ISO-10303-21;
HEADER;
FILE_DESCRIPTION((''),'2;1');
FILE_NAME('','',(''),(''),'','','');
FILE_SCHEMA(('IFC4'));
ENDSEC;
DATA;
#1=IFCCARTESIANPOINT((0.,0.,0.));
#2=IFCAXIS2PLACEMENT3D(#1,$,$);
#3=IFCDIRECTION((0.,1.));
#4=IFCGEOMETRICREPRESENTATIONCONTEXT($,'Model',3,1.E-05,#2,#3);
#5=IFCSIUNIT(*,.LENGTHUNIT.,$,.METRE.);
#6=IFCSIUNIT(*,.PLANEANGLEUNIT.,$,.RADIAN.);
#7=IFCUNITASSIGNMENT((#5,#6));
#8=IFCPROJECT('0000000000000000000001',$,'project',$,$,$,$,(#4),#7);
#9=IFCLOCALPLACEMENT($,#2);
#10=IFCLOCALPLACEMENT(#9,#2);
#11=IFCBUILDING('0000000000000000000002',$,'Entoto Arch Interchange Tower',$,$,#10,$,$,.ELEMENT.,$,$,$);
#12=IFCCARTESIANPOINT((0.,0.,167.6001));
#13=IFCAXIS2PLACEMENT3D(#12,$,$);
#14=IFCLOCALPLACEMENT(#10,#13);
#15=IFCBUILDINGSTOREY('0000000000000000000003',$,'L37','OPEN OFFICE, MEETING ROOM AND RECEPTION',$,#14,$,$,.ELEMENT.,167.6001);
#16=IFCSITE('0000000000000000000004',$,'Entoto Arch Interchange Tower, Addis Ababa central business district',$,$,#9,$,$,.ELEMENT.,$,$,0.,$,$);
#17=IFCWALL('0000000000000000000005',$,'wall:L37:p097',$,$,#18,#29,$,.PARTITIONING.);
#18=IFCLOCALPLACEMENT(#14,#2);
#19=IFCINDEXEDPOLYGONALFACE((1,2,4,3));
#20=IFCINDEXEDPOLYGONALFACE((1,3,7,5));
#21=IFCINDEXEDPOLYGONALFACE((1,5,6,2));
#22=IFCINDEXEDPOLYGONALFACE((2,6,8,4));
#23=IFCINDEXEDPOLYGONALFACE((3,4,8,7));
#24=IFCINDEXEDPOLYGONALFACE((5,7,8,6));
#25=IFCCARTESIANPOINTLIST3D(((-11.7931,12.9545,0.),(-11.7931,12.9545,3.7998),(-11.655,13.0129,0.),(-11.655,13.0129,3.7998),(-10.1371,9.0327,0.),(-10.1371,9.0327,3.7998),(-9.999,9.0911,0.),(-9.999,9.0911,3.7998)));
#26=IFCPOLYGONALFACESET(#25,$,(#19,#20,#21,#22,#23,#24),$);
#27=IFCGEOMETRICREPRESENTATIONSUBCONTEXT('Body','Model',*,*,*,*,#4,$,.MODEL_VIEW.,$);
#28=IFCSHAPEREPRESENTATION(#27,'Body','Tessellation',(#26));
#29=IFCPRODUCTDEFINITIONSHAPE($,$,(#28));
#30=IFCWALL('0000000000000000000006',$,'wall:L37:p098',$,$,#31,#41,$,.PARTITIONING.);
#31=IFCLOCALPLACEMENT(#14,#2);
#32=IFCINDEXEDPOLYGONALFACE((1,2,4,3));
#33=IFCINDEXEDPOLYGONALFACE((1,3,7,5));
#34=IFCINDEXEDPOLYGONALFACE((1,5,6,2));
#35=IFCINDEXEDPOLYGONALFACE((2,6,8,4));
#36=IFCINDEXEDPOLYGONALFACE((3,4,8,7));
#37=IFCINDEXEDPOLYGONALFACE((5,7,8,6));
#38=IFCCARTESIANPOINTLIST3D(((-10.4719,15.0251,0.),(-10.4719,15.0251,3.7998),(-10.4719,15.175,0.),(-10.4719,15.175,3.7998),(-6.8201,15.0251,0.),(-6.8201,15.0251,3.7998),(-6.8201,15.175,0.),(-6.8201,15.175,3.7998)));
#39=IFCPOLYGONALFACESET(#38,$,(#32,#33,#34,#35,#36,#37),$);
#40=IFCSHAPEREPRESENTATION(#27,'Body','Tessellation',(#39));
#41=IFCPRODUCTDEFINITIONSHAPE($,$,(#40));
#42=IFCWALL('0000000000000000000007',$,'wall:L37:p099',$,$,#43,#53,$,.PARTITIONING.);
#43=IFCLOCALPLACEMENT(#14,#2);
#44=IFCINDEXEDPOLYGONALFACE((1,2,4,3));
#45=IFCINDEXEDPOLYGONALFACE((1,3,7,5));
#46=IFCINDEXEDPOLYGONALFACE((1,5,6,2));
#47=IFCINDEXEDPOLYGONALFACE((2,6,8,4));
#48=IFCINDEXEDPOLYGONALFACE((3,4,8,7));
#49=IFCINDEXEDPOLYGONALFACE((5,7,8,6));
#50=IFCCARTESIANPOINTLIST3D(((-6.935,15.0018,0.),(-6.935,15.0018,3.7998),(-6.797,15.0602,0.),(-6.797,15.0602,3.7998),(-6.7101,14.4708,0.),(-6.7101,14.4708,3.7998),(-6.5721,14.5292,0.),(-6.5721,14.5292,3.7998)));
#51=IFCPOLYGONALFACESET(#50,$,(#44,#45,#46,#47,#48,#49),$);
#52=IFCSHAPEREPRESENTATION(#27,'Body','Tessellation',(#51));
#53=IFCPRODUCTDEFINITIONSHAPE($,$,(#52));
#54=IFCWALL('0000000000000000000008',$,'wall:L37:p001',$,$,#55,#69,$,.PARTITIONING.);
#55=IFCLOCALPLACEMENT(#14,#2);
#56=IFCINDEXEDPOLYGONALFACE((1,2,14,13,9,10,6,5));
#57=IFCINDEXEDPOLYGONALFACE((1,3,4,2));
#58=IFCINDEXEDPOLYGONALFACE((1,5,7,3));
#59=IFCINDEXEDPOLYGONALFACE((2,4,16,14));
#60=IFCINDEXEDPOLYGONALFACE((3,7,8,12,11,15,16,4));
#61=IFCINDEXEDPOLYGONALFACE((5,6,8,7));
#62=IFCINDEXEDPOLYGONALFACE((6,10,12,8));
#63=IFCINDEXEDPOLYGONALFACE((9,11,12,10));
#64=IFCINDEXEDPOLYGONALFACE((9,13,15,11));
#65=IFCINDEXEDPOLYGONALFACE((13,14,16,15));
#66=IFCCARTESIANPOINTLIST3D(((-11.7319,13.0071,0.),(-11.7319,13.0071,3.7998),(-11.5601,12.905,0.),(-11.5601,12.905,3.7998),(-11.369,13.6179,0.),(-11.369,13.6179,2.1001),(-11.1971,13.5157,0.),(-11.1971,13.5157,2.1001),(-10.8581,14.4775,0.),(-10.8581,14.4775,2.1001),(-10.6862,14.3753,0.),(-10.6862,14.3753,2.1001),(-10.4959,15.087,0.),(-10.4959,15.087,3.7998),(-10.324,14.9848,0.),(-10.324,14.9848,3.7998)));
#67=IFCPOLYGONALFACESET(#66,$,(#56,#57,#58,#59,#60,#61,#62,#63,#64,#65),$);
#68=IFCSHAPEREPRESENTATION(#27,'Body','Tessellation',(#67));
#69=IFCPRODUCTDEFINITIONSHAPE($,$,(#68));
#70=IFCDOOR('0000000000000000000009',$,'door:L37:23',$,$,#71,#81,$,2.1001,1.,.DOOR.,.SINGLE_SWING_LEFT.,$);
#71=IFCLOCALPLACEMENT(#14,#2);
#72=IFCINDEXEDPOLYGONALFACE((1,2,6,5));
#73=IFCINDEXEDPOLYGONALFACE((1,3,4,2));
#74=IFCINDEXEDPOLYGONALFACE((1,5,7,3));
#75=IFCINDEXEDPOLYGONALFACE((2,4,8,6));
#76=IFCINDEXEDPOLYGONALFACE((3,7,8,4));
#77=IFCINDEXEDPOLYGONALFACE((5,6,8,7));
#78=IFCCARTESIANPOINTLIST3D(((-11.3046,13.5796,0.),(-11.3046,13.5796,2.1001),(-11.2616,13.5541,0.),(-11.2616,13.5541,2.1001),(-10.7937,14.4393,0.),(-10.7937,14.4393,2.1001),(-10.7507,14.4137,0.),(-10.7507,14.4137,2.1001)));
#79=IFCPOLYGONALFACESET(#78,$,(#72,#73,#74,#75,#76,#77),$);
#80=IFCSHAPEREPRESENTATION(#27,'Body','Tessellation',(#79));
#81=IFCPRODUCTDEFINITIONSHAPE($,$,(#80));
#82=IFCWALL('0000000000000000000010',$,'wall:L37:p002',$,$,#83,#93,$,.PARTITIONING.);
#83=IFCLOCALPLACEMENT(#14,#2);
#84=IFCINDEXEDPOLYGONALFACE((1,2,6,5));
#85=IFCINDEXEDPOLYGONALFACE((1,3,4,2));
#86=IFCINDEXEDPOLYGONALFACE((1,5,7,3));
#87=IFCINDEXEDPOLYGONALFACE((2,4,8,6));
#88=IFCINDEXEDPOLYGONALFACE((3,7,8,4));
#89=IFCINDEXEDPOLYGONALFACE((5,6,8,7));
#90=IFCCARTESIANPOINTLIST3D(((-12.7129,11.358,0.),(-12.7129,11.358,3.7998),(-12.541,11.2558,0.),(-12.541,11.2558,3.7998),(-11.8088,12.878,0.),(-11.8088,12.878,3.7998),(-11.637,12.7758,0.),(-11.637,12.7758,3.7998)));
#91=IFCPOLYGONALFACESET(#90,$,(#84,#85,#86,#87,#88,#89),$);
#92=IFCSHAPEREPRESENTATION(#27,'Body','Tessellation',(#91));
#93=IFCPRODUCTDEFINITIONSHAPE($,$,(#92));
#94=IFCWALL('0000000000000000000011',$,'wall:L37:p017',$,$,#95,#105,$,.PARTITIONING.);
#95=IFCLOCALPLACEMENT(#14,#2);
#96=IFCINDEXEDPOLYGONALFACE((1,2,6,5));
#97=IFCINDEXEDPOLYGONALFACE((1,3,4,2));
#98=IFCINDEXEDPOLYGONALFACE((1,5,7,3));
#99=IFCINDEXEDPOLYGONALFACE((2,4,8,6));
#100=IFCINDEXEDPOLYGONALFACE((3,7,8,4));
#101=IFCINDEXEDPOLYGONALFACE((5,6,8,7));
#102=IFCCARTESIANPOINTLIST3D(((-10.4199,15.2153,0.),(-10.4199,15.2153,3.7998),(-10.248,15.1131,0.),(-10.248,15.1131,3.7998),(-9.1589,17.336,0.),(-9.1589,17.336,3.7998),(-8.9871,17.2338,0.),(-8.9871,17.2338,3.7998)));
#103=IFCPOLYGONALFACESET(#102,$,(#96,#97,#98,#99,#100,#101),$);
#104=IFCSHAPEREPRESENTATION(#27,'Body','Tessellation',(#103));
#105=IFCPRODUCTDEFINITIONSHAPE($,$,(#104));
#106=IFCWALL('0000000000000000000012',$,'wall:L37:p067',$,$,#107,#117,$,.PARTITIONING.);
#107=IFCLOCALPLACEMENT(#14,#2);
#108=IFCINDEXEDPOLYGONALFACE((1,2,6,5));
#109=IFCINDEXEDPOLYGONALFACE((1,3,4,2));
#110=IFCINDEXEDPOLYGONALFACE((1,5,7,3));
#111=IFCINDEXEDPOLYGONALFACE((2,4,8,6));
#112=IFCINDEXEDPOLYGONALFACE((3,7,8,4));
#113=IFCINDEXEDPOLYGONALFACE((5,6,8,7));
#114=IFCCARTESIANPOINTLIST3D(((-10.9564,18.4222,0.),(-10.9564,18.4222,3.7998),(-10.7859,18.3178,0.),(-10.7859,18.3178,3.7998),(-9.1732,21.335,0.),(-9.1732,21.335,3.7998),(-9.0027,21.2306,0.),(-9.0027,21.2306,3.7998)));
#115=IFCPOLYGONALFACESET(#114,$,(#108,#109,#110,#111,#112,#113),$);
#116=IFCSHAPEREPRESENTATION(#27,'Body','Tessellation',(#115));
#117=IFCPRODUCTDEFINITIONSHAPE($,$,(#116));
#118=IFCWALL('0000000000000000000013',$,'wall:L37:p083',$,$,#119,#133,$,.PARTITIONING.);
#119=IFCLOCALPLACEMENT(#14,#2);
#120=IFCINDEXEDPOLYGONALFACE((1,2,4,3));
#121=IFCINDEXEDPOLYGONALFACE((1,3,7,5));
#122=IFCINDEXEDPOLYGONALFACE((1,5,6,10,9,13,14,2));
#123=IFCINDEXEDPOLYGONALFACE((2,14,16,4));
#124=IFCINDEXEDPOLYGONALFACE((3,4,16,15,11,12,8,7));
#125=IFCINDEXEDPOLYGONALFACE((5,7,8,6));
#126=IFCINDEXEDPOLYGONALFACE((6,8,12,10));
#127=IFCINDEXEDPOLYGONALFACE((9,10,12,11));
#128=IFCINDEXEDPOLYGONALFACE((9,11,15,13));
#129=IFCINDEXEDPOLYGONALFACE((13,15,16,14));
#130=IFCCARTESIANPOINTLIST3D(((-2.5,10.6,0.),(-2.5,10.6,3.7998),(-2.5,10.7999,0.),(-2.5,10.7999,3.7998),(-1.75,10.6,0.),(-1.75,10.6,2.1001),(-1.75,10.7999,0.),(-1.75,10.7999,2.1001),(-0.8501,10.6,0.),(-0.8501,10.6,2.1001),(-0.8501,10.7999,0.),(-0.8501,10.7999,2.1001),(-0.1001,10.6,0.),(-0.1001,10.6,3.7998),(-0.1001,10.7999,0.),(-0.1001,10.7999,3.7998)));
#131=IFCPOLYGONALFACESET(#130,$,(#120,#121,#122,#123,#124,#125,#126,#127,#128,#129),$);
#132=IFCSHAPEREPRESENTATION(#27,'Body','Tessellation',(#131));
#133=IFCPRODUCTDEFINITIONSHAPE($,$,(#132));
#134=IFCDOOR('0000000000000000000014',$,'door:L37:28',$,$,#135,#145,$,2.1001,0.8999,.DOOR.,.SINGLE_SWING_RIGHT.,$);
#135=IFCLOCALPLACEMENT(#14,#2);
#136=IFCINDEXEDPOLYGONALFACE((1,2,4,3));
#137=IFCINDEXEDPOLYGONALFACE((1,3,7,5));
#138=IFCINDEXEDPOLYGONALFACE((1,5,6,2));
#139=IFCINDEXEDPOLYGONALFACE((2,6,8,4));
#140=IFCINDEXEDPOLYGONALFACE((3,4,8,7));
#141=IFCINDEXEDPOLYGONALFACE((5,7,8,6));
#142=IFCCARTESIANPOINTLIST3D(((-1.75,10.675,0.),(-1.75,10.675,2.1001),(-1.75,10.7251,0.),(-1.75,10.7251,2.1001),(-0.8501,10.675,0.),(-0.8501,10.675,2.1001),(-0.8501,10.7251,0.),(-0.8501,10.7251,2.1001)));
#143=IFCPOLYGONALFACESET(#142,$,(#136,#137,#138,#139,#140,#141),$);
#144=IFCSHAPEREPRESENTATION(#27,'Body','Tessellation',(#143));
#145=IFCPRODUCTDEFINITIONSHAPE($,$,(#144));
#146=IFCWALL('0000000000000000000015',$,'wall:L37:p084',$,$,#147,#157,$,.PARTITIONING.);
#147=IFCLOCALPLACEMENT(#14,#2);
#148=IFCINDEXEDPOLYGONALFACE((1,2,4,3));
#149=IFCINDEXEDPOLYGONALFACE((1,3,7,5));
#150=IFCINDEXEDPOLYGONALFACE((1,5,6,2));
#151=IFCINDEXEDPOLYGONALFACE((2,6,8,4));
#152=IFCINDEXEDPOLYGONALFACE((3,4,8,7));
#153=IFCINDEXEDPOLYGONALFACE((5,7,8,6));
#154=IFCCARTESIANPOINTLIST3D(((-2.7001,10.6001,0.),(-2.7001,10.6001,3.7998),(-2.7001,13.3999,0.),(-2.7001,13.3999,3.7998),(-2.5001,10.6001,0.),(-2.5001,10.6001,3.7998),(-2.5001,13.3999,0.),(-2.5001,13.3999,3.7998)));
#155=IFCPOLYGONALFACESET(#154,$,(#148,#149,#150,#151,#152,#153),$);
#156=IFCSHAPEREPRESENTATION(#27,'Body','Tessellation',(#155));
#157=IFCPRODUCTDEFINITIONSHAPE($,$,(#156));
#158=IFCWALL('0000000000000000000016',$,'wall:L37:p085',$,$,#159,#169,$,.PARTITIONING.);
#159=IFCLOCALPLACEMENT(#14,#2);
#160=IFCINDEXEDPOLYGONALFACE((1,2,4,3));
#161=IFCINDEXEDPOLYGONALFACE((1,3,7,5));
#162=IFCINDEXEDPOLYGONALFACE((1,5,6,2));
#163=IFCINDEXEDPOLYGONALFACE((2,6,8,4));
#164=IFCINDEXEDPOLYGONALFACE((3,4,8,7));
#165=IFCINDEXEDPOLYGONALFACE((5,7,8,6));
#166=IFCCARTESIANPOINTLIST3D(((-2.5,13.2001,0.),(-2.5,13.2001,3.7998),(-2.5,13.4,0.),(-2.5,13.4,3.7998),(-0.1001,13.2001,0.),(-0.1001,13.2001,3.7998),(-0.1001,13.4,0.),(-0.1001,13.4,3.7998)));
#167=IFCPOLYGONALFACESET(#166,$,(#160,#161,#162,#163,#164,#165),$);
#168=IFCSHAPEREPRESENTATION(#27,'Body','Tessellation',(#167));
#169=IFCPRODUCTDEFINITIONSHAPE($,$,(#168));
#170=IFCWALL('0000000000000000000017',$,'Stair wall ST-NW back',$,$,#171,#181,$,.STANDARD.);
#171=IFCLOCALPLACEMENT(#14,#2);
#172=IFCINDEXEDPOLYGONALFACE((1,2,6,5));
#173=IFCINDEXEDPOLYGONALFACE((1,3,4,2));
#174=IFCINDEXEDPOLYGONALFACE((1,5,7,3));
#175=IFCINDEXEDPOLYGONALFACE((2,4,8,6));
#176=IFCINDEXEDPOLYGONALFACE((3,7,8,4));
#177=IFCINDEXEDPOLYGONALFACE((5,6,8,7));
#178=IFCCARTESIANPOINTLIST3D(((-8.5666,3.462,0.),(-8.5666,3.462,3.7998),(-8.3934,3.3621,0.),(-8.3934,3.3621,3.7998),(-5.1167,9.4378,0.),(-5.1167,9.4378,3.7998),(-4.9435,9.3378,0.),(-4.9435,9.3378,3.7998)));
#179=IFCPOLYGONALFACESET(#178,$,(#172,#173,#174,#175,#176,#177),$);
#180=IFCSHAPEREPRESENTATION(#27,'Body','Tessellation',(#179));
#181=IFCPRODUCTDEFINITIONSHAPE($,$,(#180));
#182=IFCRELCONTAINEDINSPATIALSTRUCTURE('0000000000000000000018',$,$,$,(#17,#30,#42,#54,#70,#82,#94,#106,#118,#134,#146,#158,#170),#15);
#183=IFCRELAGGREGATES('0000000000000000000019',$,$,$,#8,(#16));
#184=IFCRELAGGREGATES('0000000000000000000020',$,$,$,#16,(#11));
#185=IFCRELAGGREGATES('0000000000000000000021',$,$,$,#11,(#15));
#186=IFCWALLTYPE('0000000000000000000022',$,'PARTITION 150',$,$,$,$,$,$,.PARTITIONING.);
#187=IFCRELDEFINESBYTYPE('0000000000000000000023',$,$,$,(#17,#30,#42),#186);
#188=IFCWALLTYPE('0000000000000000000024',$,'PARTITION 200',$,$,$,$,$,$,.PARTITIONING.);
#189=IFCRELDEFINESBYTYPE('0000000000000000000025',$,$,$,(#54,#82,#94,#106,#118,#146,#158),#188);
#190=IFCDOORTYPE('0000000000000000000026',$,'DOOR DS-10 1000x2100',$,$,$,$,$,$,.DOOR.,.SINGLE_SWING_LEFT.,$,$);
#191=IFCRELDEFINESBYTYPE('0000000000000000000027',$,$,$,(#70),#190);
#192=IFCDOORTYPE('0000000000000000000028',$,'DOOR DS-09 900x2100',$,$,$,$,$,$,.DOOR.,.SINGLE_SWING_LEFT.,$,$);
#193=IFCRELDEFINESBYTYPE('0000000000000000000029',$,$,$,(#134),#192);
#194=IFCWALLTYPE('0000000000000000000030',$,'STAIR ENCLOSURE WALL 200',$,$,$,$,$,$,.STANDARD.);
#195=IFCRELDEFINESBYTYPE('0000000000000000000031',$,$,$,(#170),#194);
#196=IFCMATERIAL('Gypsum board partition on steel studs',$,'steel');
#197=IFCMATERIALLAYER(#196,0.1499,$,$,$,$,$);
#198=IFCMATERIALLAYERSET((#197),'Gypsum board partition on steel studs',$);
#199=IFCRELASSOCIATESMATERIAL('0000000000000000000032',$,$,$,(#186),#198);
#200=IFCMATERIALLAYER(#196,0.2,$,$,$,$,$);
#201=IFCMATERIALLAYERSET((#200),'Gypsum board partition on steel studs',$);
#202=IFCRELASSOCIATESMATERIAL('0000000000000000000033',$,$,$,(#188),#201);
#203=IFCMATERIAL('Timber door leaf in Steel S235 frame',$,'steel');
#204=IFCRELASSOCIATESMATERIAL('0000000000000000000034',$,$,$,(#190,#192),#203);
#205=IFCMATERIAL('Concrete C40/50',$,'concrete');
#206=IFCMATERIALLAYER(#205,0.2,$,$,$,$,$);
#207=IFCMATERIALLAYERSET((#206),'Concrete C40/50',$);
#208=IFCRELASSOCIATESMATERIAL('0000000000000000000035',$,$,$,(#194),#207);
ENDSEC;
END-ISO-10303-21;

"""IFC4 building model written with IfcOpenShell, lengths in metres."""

from ifc_helpers import new_model, si_unit, direction, frame, frame_2d, origin, place, context, subcontext, project, spatial, rectangle, extrude, material, layer, layer_set, type_object, element, fill, save


model = new_model("IFC4")

# Units and contexts
model_context = context("Model", 3, precision=1e-05, world=origin(), true_north=direction((0.0, 1.0)))
body_context = subcontext(model_context, "Body", "Model", "MODEL_VIEW")
ifc_project = project(units=[si_unit("LENGTHUNIT", "METRE"), si_unit("PLANEANGLEUNIT", "RADIAN")], contexts=[model_context])

# Site, building, storey
site_placement = place(None, origin())
site = spatial("IfcSite", under=ifc_project, at=site_placement, Name="Entoto Arch Interchange Tower, Addis Ababa central business district", CompositionType="ELEMENT", RefElevation=0.0)
building_placement = place(site_placement, origin())
building = spatial("IfcBuilding", under=site, at=building_placement, Name="Entoto Arch Interchange Tower", CompositionType="ELEMENT")
storey_placement = place(building_placement, frame((0.0, 0.0, 167.6001)))
storey = spatial("IfcBuildingStorey", under=building, at=storey_placement, Name="L37", Description="OPEN OFFICE, MEETING ROOM AND RECEPTION", CompositionType="ELEMENT", Elevation=167.6001)

# Walls
ifc_material_1 = material(Name="Gypsum board partition on steel studs", Category="steel")
ifc_layer_1 = layer(ifc_material_1, 0.1499)
ifc_layer_set_1 = layer_set([ifc_layer_1], Name="Gypsum board partition on steel studs")
wall_type_1 = type_object("IfcWallType", Name="PARTITION 150", PredefinedType="PARTITIONING", material=ifc_layer_set_1)
wall_1_placement = place(storey_placement, frame((-10.0681, 9.062, 0.0), z_axis=(0.0, 0.0, 1.0), x_axis=(-0.388993, 0.921241, 0.0)))
element("IfcWall", 1, at=wall_1_placement, inside=storey, type_object=wall_type_1, Name="wall:L37:p097", PredefinedType="PARTITIONING", context=body_context, shape_type="SweptSolid", body=[
    extrude(rectangle(XDim=4.2571, YDim=0.1499, at=frame_2d((2.1284, 0.0))), origin(), (0.0, 0.0, 1.0), 3.7998),
])
wall_2_placement = place(storey_placement, frame((-6.8201, 15.1001, 0.0), z_axis=(0.0, 0.0, 1.0), x_axis=(-1.0, 0.0, 0.0)))
element("IfcWall", 2, at=wall_2_placement, inside=storey, type_object=wall_type_1, Name="wall:L37:p098", PredefinedType="PARTITIONING", context=body_context, shape_type="SweptSolid", body=[
    extrude(rectangle(XDim=3.6519, YDim=0.1499, at=frame_2d((1.8259, 0.0))), origin(), (0.0, 0.0, 1.0), 3.7998),
])
wall_3_placement = place(storey_placement, frame((-6.6411, 14.5, 0.0), z_axis=(0.0, 0.0, 1.0), x_axis=(-0.38993, 0.920844, 0.0)))
element("IfcWall", 3, at=wall_3_placement, inside=storey, type_object=wall_type_1, Name="wall:L37:p099", PredefinedType="PARTITIONING", context=body_context, shape_type="SweptSolid", body=[
    extrude(rectangle(XDim=0.5767, YDim=0.1499, at=frame_2d((0.2883, 0.0))), origin(), (0.0, 0.0, 1.0), 3.7998),
])

# Wall, opening, door
ifc_layer_2 = layer(ifc_material_1, 0.2)
ifc_layer_set_2 = layer_set([ifc_layer_2], Name="Gypsum board partition on steel studs")
wall_type_2 = type_object("IfcWallType", Name="PARTITION 200", PredefinedType="PARTITIONING", material=ifc_layer_set_2)
wall_4_placement = place(storey_placement, frame((-10.4099, 15.0359, 0.0), z_axis=(0.0, 0.0, 1.0), x_axis=(-0.5109, -0.85964, 0.0)))
wall_4 = element("IfcWall", 4, at=wall_4_placement, inside=storey, type_object=wall_type_2, Name="wall:L37:p001", PredefinedType="PARTITIONING", context=body_context, shape_type="SweptSolid", body=[
    extrude(rectangle(XDim=2.4194, YDim=0.2, at=frame_2d((1.2097, 0.0))), origin(), (0.0, 0.0, 1.0), 3.7998),
])
opening_1_placement = place(wall_4_placement, frame((0.709, 0.0, 0.0)))
opening_1 = element("IfcOpeningElement", 5, at=opening_1_placement, cuts=wall_4, PredefinedType="OPENING", context=body_context, shape_type="SweptSolid", body=[
    extrude(rectangle(XDim=1.0, YDim=2.1001, at=frame_2d((0.5, 1.05))), frame((0.0, 0.1099, 0.0), z_axis=(0.0, -1.0, 0.0), x_axis=(1.0, 0.0, 0.0)), (0.0, 0.0, 1.0), 0.22),
])
ifc_material_2 = material(Name="Timber door leaf in Steel S235 frame", Category="steel")
door_type_1 = type_object("IfcDoorType", Name="DOOR DS-10 1000x2100", OperationType="SINGLE_SWING_LEFT", PredefinedType="DOOR", material=ifc_material_2)
door_1_placement = place(opening_1_placement, origin())
door_1 = element("IfcDoor", 6, at=door_1_placement, inside=storey, type_object=door_type_1, Name="door:L37:23", OperationType="SINGLE_SWING_LEFT", OverallHeight=2.1001, OverallWidth=1.0, PredefinedType="DOOR", context=body_context, shape_type="SweptSolid", body=[
    extrude(rectangle(XDim=1.0, YDim=2.1001, at=frame_2d((0.5, 1.05))), frame((0.0, 0.0249, 0.0), z_axis=(0.0, -1.0, 0.0), x_axis=(1.0, 0.0, 0.0)), (0.0, 0.0, 1.0), 0.05),
])
fill(opening_1, door_1)

# Walls
wall_5_placement = place(storey_placement, frame((-11.7229, 12.8269, 0.0), z_axis=(0.0, 0.0, 1.0), x_axis=(-0.511183, -0.859472, 0.0)))
element("IfcWall", 7, at=wall_5_placement, inside=storey, type_object=wall_type_2, Name="wall:L37:p002", PredefinedType="PARTITIONING", context=body_context, shape_type="SweptSolid", body=[
    extrude(rectangle(XDim=1.7686, YDim=0.2, at=frame_2d((0.8843, 0.0))), origin(), (0.0, 0.0, 1.0), 3.7998),
])
wall_6_placement = place(storey_placement, frame((-9.073, 17.2849, 0.0), z_axis=(0.0, 0.0, 1.0), x_axis=(-0.511058, -0.859546, 0.0)))
element("IfcWall", 8, at=wall_6_placement, inside=storey, type_object=wall_type_2, Name="wall:L37:p017", PredefinedType="PARTITIONING", context=body_context, shape_type="SweptSolid", body=[
    extrude(rectangle(XDim=2.4673, YDim=0.2, at=frame_2d((1.2336, 0.0))), origin(), (0.0, 0.0, 1.0), 3.7998),
])
wall_7_placement = place(storey_placement, frame((-10.8711, 18.3701, 0.0), z_axis=(0.0, 0.0, 1.0), x_axis=(0.522118, 0.852873, 0.0)))
element("IfcWall", 9, at=wall_7_placement, inside=storey, type_object=wall_type_2, Name="wall:L37:p067", PredefinedType="PARTITIONING", context=body_context, shape_type="SweptSolid", body=[
    extrude(rectangle(XDim=3.4153, YDim=0.2, at=frame_2d((1.7075, 0.0))), origin(), (0.0, 0.0, 1.0), 3.7998),
])

# Wall, opening, door
wall_8_placement = place(storey_placement, frame((-0.1001, 10.7, 0.0), z_axis=(0.0, 0.0, 1.0), x_axis=(-1.0, 0.0, 0.0)))
wall_8 = element("IfcWall", 10, at=wall_8_placement, inside=storey, type_object=wall_type_2, Name="wall:L37:p083", PredefinedType="PARTITIONING", context=body_context, shape_type="SweptSolid", body=[
    extrude(rectangle(XDim=2.3999, YDim=0.2, at=frame_2d((1.2, 0.0))), origin(), (0.0, 0.0, 1.0), 3.7998),
])
opening_2_placement = place(wall_8_placement, frame((0.75, 0.0, 0.0)))
opening_2 = element("IfcOpeningElement", 11, at=opening_2_placement, cuts=wall_8, PredefinedType="OPENING", context=body_context, shape_type="SweptSolid", body=[
    extrude(rectangle(XDim=0.8999, YDim=2.1001, at=frame_2d((0.45, 1.05))), frame((0.0, 0.1099, 0.0), z_axis=(0.0, -1.0, 0.0), x_axis=(1.0, 0.0, 0.0)), (0.0, 0.0, 1.0), 0.22),
])
door_type_2 = type_object("IfcDoorType", Name="DOOR DS-09 900x2100", OperationType="SINGLE_SWING_LEFT", PredefinedType="DOOR", material=ifc_material_2)
door_2_placement = place(opening_2_placement, origin())
door_2 = element("IfcDoor", 12, at=door_2_placement, inside=storey, type_object=door_type_2, Name="door:L37:28", OperationType="SINGLE_SWING_RIGHT", OverallHeight=2.1001, OverallWidth=0.8999, PredefinedType="DOOR", context=body_context, shape_type="SweptSolid", body=[
    extrude(rectangle(XDim=0.8999, YDim=2.1001, at=frame_2d((0.45, 1.05))), frame((0.0, 0.0249, 0.0), z_axis=(0.0, -1.0, 0.0), x_axis=(1.0, 0.0, 0.0)), (0.0, 0.0, 1.0), 0.05),
])
fill(opening_2, door_2)

# Walls
wall_9_placement = place(storey_placement, frame((-2.6001, 10.6001, 0.0), z_axis=(0.0, 0.0, 1.0), x_axis=(0.0, 1.0, 0.0)))
element("IfcWall", 13, at=wall_9_placement, inside=storey, type_object=wall_type_2, Name="wall:L37:p084", PredefinedType="PARTITIONING", context=body_context, shape_type="SweptSolid", body=[
    extrude(rectangle(XDim=2.7998, YDim=0.2, at=frame_2d((1.3999, 0.0))), origin(), (0.0, 0.0, 1.0), 3.7998),
])
wall_10_placement = place(storey_placement, frame((-2.5, 13.3, 0.0), z_axis=(0.0, 0.0, 1.0), x_axis=(1.0, 0.0, 0.0)))
element("IfcWall", 14, at=wall_10_placement, inside=storey, type_object=wall_type_2, Name="wall:L37:p085", PredefinedType="PARTITIONING", context=body_context, shape_type="SweptSolid", body=[
    extrude(rectangle(XDim=2.3999, YDim=0.2, at=frame_2d((1.2, 0.0))), origin(), (0.0, 0.0, 1.0), 3.7998),
])
ifc_material_3 = material(Name="Concrete C40/50", Category="concrete")
ifc_layer_3 = layer(ifc_material_3, 0.2)
ifc_layer_set_3 = layer_set([ifc_layer_3], Name="Concrete C40/50")
wall_type_3 = type_object("IfcWallType", Name="STAIR ENCLOSURE WALL 200", PredefinedType="STANDARD", material=ifc_layer_set_3)
wall_11_placement = place(storey_placement, frame((-5.03, 9.3879, 0.0), z_axis=(0.0, 0.0, 1.0), x_axis=(-0.499979, -0.866038, 0.0)))
element("IfcWall", 15, at=wall_11_placement, inside=storey, type_object=wall_type_3, Name="Stair wall ST-NW back", PredefinedType="STANDARD", context=body_context, shape_type="SweptSolid", body=[
    extrude(rectangle(XDim=6.9001, YDim=0.2, at=frame_2d((3.4502, 0.0))), origin(), (0.0, 0.0, 1.0), 3.7998),
])

save(model, "model.ifc")
